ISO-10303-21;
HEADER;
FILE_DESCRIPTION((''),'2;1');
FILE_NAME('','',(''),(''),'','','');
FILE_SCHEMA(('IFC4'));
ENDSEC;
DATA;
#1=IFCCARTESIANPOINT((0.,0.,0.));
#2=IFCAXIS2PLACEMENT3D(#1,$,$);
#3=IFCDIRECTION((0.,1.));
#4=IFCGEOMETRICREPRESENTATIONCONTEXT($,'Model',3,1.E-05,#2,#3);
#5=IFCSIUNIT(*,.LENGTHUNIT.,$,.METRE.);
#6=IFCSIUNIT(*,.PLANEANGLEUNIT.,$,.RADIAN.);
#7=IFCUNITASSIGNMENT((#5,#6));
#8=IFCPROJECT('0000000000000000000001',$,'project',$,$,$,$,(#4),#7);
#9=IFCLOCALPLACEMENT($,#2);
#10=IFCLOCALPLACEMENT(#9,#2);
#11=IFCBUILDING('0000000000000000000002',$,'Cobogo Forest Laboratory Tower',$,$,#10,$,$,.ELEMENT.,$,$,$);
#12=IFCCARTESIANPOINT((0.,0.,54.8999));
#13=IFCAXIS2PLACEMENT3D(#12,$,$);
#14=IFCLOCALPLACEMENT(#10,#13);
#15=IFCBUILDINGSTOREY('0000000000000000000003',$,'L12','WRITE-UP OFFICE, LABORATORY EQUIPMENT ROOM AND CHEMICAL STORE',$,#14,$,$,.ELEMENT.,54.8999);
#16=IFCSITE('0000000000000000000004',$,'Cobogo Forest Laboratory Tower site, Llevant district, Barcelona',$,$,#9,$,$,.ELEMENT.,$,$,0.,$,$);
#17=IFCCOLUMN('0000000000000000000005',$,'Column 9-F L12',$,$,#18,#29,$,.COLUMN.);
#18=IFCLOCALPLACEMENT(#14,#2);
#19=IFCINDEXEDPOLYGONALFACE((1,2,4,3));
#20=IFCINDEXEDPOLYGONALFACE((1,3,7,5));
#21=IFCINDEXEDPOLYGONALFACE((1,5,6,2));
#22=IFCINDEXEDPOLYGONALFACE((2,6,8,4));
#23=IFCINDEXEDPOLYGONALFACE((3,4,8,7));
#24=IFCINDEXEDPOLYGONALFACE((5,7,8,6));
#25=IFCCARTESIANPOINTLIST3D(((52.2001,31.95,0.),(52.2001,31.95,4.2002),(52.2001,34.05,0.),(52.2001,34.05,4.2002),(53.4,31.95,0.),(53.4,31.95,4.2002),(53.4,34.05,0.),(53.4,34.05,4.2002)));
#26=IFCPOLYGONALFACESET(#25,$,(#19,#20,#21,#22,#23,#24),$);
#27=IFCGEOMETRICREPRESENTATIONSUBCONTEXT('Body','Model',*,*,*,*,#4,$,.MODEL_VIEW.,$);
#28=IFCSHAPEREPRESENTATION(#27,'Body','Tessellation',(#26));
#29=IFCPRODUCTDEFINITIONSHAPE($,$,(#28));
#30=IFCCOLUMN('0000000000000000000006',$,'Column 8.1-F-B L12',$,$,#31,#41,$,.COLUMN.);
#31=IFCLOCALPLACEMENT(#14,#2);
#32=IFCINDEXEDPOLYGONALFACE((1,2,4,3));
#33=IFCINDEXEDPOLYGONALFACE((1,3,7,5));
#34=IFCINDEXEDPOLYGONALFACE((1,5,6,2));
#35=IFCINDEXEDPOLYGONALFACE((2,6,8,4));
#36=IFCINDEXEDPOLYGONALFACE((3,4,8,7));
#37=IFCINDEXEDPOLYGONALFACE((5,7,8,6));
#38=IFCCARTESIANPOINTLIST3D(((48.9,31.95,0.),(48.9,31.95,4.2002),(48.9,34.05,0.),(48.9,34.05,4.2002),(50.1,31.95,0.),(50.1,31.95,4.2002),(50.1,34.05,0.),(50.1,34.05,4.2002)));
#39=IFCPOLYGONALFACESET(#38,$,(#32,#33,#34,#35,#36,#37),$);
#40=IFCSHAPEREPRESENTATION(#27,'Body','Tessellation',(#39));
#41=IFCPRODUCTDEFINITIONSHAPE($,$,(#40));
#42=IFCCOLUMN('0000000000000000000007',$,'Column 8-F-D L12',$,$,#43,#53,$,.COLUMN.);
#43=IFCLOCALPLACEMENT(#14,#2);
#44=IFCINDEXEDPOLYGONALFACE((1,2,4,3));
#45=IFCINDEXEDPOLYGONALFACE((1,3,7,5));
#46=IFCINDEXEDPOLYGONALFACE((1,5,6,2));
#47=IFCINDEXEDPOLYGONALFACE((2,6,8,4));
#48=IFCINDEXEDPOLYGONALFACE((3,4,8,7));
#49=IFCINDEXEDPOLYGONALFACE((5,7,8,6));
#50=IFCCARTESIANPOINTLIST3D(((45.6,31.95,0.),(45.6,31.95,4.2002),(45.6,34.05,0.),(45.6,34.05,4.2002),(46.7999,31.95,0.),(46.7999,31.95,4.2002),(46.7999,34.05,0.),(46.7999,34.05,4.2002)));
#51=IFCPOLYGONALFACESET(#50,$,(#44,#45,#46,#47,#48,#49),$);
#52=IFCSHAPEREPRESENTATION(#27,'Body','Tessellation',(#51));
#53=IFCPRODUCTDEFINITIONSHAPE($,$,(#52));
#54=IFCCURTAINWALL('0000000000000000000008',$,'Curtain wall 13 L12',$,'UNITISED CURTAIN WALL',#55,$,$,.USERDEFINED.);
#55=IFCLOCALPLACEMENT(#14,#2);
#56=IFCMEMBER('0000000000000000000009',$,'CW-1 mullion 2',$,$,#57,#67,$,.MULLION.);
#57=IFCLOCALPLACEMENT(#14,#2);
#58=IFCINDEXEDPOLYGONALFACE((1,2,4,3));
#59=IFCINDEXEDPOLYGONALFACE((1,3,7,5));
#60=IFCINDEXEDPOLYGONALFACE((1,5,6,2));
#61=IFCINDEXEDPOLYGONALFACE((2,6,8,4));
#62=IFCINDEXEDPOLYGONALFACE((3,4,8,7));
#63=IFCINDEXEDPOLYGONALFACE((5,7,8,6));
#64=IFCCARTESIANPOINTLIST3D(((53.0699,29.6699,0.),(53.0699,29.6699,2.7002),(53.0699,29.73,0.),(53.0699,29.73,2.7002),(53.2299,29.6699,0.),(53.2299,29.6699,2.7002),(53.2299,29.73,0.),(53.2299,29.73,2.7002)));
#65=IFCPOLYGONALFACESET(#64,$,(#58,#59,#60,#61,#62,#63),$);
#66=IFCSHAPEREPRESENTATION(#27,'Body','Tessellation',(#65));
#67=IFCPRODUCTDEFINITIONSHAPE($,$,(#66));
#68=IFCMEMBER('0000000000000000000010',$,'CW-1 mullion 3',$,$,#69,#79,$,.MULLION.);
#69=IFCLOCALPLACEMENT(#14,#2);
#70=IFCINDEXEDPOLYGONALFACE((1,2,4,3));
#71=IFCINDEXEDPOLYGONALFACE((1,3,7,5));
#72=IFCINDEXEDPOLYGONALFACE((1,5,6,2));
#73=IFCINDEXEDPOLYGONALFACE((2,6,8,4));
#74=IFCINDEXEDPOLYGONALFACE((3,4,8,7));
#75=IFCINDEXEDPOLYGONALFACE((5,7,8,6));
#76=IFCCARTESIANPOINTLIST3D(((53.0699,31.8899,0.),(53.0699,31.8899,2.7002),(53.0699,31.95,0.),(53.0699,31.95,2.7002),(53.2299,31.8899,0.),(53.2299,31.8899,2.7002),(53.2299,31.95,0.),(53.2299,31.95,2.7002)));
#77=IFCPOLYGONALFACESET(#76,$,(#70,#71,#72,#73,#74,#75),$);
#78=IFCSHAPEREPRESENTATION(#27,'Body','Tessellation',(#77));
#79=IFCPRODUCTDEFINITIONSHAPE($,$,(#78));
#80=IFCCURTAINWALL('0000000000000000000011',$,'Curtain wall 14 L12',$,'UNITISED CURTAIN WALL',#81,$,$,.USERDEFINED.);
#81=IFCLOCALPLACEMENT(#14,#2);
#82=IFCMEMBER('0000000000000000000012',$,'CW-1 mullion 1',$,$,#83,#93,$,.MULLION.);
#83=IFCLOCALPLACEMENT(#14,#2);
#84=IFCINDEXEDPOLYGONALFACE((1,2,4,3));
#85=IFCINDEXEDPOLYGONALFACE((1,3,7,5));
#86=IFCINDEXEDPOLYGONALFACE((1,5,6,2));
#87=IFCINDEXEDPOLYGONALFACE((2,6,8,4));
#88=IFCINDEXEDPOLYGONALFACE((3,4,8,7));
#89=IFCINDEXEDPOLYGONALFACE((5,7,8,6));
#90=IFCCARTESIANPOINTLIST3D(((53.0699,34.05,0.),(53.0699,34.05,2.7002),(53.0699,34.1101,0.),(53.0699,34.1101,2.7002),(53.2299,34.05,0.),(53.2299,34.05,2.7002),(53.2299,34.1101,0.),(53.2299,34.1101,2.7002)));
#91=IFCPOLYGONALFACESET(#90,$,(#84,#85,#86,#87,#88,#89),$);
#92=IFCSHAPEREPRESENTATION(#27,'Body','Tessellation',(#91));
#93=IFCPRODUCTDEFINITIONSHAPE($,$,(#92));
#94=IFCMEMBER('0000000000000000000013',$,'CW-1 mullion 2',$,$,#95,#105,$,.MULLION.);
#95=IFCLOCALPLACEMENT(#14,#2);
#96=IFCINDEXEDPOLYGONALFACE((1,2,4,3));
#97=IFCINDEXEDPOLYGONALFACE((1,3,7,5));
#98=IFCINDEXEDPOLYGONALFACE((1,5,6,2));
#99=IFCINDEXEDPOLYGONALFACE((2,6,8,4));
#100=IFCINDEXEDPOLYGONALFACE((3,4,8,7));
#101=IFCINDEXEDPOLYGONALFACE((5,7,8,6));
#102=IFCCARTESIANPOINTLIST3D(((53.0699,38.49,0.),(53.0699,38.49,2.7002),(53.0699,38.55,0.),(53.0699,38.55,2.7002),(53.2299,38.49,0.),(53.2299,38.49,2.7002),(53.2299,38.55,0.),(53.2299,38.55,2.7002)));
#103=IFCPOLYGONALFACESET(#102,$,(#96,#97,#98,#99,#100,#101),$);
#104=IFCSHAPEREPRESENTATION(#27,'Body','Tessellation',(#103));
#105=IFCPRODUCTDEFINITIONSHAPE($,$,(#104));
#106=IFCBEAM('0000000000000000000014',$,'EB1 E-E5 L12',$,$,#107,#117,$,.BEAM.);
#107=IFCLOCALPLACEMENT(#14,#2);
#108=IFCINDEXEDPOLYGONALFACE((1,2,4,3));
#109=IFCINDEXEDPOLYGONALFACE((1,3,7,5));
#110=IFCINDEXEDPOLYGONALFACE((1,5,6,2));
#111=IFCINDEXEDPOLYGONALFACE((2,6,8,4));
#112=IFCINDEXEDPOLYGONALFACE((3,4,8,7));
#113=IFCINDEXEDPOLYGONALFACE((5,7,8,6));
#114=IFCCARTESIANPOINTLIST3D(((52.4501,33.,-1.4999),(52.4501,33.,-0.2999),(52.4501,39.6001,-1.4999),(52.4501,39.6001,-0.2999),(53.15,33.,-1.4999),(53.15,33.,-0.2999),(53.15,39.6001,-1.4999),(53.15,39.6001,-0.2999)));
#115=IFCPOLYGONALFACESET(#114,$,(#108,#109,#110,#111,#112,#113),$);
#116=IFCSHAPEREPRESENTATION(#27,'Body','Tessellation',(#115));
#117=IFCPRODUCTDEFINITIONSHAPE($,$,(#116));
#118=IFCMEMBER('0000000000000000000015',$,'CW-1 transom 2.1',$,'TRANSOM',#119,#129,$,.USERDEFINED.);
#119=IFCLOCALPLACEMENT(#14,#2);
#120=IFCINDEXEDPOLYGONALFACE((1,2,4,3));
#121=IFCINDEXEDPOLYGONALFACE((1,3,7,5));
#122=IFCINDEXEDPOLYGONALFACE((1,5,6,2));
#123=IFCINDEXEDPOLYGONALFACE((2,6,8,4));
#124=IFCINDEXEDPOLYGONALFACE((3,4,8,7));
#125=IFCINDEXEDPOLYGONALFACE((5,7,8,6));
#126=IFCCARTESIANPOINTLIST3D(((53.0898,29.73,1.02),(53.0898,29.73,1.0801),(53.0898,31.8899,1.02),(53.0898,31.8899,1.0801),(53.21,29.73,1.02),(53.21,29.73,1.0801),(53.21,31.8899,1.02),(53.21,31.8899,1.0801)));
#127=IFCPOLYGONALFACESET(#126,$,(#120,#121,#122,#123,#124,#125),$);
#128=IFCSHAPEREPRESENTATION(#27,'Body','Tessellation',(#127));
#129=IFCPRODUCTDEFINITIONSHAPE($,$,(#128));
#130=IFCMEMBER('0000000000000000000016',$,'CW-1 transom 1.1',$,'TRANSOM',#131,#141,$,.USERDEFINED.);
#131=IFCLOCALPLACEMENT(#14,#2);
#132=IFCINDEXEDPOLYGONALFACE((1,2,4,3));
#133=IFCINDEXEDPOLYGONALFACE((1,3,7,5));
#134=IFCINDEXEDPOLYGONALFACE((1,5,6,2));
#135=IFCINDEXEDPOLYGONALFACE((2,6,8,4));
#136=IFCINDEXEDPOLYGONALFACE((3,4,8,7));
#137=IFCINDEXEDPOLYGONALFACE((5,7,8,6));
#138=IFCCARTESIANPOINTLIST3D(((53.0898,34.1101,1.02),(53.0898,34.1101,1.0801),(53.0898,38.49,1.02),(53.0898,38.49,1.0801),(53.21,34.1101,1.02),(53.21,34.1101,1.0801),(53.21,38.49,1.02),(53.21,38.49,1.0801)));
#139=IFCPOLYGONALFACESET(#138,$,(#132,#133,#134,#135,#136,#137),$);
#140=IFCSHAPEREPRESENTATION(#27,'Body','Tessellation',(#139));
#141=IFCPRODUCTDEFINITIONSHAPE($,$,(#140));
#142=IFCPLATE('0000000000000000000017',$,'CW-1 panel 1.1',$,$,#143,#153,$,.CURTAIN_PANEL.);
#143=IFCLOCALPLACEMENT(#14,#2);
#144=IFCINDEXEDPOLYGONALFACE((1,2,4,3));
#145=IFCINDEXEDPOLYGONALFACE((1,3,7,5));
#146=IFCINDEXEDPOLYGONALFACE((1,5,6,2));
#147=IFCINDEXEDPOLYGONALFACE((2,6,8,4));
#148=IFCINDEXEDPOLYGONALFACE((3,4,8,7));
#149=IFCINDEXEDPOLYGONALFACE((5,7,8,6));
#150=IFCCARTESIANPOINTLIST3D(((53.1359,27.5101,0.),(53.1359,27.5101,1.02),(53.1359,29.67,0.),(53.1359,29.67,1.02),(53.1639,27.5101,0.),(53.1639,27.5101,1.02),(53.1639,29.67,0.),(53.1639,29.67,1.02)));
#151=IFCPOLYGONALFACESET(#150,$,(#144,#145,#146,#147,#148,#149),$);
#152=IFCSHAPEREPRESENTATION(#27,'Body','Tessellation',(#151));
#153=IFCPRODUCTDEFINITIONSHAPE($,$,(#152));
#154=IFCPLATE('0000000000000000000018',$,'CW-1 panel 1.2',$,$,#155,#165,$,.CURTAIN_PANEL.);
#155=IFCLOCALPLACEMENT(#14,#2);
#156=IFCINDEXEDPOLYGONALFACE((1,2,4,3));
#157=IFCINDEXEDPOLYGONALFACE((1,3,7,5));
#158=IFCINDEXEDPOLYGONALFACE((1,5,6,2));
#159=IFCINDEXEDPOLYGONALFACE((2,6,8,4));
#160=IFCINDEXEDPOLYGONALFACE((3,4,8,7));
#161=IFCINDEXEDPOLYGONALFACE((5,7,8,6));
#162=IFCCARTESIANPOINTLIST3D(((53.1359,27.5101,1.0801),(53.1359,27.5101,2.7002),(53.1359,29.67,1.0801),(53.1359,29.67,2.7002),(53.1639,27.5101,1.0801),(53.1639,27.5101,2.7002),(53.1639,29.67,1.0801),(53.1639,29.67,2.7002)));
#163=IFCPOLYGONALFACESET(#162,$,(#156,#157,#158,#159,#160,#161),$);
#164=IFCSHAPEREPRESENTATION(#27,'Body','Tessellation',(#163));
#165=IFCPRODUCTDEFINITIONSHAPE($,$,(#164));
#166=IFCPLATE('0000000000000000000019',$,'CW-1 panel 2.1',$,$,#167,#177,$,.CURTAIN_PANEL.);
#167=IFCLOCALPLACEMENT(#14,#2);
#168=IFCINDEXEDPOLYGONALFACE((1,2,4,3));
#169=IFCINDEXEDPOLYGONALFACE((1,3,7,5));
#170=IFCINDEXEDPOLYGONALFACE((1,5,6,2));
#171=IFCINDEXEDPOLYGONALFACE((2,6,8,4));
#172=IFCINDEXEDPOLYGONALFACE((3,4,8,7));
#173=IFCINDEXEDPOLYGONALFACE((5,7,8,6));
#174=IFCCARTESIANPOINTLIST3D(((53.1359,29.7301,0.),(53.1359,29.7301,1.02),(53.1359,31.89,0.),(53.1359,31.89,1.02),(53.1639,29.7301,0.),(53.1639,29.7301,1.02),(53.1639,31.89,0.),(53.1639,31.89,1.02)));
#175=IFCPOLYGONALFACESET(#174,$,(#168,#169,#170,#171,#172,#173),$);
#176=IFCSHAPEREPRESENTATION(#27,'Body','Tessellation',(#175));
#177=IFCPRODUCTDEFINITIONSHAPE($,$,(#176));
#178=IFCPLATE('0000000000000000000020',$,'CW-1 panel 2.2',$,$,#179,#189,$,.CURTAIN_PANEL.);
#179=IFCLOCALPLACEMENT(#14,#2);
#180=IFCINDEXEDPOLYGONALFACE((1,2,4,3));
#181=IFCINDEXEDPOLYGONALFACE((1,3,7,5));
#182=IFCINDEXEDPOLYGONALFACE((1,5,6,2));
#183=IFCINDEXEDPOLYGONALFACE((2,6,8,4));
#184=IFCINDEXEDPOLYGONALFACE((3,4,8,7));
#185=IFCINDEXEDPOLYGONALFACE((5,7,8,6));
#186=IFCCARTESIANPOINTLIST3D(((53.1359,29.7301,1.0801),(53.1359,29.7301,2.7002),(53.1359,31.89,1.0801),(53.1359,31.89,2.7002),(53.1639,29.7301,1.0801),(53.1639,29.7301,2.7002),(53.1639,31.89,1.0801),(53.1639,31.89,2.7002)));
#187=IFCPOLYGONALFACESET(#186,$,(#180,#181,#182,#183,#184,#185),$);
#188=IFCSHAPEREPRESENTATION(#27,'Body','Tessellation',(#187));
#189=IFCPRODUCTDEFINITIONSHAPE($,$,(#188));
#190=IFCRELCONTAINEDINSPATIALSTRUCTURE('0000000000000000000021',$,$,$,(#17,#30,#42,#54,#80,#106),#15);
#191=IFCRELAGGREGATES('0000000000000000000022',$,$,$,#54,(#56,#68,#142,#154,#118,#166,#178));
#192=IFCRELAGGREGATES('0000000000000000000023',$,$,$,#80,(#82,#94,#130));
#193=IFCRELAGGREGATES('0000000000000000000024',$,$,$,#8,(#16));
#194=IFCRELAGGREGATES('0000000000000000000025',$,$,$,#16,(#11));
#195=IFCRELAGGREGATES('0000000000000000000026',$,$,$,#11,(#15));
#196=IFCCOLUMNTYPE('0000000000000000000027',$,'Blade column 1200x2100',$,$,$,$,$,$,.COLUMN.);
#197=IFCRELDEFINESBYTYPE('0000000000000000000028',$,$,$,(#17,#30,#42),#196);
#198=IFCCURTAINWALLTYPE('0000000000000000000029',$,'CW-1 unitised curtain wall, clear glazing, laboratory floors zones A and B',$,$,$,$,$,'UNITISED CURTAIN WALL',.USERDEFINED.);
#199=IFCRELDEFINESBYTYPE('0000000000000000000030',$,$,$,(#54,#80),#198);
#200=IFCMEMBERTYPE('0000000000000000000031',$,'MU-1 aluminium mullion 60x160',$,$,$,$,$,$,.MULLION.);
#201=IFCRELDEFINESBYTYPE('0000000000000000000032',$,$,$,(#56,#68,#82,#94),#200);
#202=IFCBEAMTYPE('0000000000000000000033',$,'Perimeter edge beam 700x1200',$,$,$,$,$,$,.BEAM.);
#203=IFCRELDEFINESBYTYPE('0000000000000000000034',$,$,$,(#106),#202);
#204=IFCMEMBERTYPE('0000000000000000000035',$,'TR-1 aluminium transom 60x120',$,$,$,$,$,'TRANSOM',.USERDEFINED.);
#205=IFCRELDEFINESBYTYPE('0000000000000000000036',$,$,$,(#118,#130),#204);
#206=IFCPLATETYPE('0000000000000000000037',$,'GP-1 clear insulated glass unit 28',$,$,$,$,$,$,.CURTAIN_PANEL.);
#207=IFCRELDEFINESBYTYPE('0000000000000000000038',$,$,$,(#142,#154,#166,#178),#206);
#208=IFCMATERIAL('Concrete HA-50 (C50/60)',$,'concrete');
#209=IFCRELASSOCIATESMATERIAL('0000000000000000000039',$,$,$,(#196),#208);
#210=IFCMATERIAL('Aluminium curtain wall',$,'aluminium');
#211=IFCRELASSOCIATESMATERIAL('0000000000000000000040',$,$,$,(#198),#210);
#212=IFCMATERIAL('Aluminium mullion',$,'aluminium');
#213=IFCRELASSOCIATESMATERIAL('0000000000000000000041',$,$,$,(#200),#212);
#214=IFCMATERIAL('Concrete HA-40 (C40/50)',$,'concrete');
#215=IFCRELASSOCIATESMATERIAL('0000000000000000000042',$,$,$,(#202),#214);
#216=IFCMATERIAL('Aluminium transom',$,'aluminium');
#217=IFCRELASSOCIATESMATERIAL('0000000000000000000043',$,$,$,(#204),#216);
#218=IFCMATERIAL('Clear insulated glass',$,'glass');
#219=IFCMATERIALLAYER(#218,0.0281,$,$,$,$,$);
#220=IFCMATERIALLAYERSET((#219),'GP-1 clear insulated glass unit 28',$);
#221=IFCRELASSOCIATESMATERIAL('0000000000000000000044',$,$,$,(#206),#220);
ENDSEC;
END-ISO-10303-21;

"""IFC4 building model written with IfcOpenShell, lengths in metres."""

from ifc_helpers import new_model, si_unit, direction, frame, origin, origin_2d, place, context, subcontext, project, spatial, rectangle, extrude, material, layer, layer_set, material_profile, profile_set, type_object, element, aggregate, save


model = new_model("IFC4")

# Units and contexts
model_context = context("Model", 3, precision=1e-05, world=origin(), true_north=direction((0.0, 1.0)))
body_context = subcontext(model_context, "Body", "Model", "MODEL_VIEW")
ifc_project = project(units=[si_unit("LENGTHUNIT", "METRE"), si_unit("PLANEANGLEUNIT", "RADIAN")], contexts=[model_context])

# Site, building, storey
site_placement = place(None, origin())
site = spatial("IfcSite", under=ifc_project, at=site_placement, Name="Cobogo Forest Laboratory Tower site, Llevant district, Barcelona", CompositionType="ELEMENT", RefElevation=0.0)
building_placement = place(site_placement, origin())
building = spatial("IfcBuilding", under=site, at=building_placement, Name="Cobogo Forest Laboratory Tower", CompositionType="ELEMENT")
storey_placement = place(building_placement, frame((0.0, 0.0, 54.8999)))
storey = spatial("IfcBuildingStorey", under=building, at=storey_placement, Name="L12", Description="WRITE-UP OFFICE, LABORATORY EQUIPMENT ROOM AND CHEMICAL STORE", CompositionType="ELEMENT", Elevation=54.8999)

# Columns
ifc_material_1 = material(Name="Concrete HA-50 (C50/60)", Category="concrete")
ifc_material_profile_1 = material_profile(ifc_material_1, rectangle(XDim=2.1001, YDim=1.2, at=origin_2d()), Name="RC 1200x2100")
ifc_profile_set_1 = profile_set([ifc_material_profile_1], Name="Concrete HA-50 (C50/60)")
column_type = type_object("IfcColumnType", Name="Blade column 1200x2100", PredefinedType="COLUMN", material=ifc_profile_set_1)
for number, where, z_axis, x_axis, name in (
    (1, (52.8, 33.0, 0.0), (0.0, 0.0, 1.0), (0.0, 1.0, 0.0), "Column 9-F L12"),
    (2, (49.5, 33.0, 0.0), (0.0, 0.0, 1.0), (0.0, 1.0, 0.0), "Column 8.1-F-B L12"),
    (3, (46.2, 33.0, 0.0), (0.0, 0.0, 1.0), (0.0, 1.0, 0.0), "Column 8-F-D L12"),
):
    element("IfcColumn", number, at=place(storey_placement, frame(where, z_axis=z_axis, x_axis=x_axis)), inside=storey, type_object=column_type, Name=name, PredefinedType="COLUMN", context=body_context, shape_type="SweptSolid", body=[
        extrude(rectangle(XDim=2.1001, YDim=1.2, at=origin_2d()), origin(), (0.0, 0.0, 1.0), 4.2002),
    ])

# Curtain walls, members
ifc_material_2 = material(Name="Aluminium curtain wall", Category="aluminium")
curtain_wall_type = type_object("IfcCurtainWallType", Name="CW-1 unitised curtain wall, clear glazing, laboratory floors zones A and B", ElementType="UNITISED CURTAIN WALL", PredefinedType="USERDEFINED", material=ifc_material_2)
curtain_wall_1_placement = place(storey_placement, origin())
curtain_wall_1 = element("IfcCurtainWall", 4, at=curtain_wall_1_placement, inside=storey, type_object=curtain_wall_type, Name="Curtain wall 13 L12", ObjectType="UNITISED CURTAIN WALL", PredefinedType="USERDEFINED")
ifc_material_3 = material(Name="Aluminium mullion", Category="aluminium")
ifc_material_profile_2 = material_profile(ifc_material_3, rectangle(XDim=0.0601, YDim=0.1599, at=origin_2d()), Name="AL 60x160")
ifc_profile_set_2 = profile_set([ifc_material_profile_2], Name="Aluminium mullion")
member_type_1 = type_object("IfcMemberType", Name="MU-1 aluminium mullion 60x160", PredefinedType="MULLION", material=ifc_profile_set_2)
member_1_placement = place(storey_placement, frame((53.1499, 29.7, 0.0), z_axis=(0.0, 0.0, 1.0), x_axis=(0.0, 1.0, 0.0)))
member_1 = element("IfcMember", 5, at=member_1_placement, type_object=member_type_1, Name="CW-1 mullion 2", PredefinedType="MULLION", context=body_context, shape_type="SweptSolid", body=[
    extrude(rectangle(XDim=0.0601, YDim=0.1599, at=origin_2d()), origin(), (0.0, 0.0, 1.0), 2.7002),
])
member_2_placement = place(storey_placement, frame((53.1499, 31.9199, 0.0), z_axis=(0.0, 0.0, 1.0), x_axis=(0.0, 1.0, 0.0)))
member_2 = element("IfcMember", 6, at=member_2_placement, type_object=member_type_1, Name="CW-1 mullion 3", PredefinedType="MULLION", context=body_context, shape_type="SweptSolid", body=[
    extrude(rectangle(XDim=0.0601, YDim=0.1599, at=origin_2d()), origin(), (0.0, 0.0, 1.0), 2.7002),
])
curtain_wall_2_placement = place(storey_placement, origin())
curtain_wall_2 = element("IfcCurtainWall", 7, at=curtain_wall_2_placement, inside=storey, type_object=curtain_wall_type, Name="Curtain wall 14 L12", ObjectType="UNITISED CURTAIN WALL", PredefinedType="USERDEFINED")
member_3_placement = place(storey_placement, frame((53.1499, 34.0801, 0.0), z_axis=(0.0, 0.0, 1.0), x_axis=(0.0, 1.0, 0.0)))
member_3 = element("IfcMember", 8, at=member_3_placement, type_object=member_type_1, Name="CW-1 mullion 1", PredefinedType="MULLION", context=body_context, shape_type="SweptSolid", body=[
    extrude(rectangle(XDim=0.0601, YDim=0.1599, at=origin_2d()), origin(), (0.0, 0.0, 1.0), 2.7002),
])
member_4_placement = place(storey_placement, frame((53.1499, 38.52, 0.0), z_axis=(0.0, 0.0, 1.0), x_axis=(0.0, 1.0, 0.0)))
member_4 = element("IfcMember", 9, at=member_4_placement, type_object=member_type_1, Name="CW-1 mullion 2", PredefinedType="MULLION", context=body_context, shape_type="SweptSolid", body=[
    extrude(rectangle(XDim=0.0601, YDim=0.1599, at=origin_2d()), origin(), (0.0, 0.0, 1.0), 2.7002),
])

# Beam
ifc_material_4 = material(Name="Concrete HA-40 (C40/50)", Category="concrete")
ifc_material_profile_3 = material_profile(ifc_material_4, rectangle(XDim=0.7, YDim=1.2, at=origin_2d()), Name="RC 700x1200")
ifc_profile_set_3 = profile_set([ifc_material_profile_3], Name="Concrete HA-40 (C40/50)")
beam_type = type_object("IfcBeamType", Name="Perimeter edge beam 700x1200", PredefinedType="BEAM", material=ifc_profile_set_3)
beam_placement = place(storey_placement, frame((52.8, 33.0, -0.8999), z_axis=(0.0, 1.0, 0.0), x_axis=(-1.0, 0.0, 0.0)))
element("IfcBeam", 10, at=beam_placement, inside=storey, type_object=beam_type, Name="EB1 E-E5 L12", PredefinedType="BEAM", context=body_context, shape_type="SweptSolid", body=[
    extrude(rectangle(XDim=0.7, YDim=1.2, at=origin_2d()), origin(), (0.0, 0.0, 1.0), 6.6001),
])

# Members
ifc_material_5 = material(Name="Aluminium transom", Category="aluminium")
ifc_material_profile_4 = material_profile(ifc_material_5, rectangle(XDim=0.1201, YDim=0.0601, at=origin_2d()), Name="AL 60x120")
ifc_profile_set_4 = profile_set([ifc_material_profile_4], Name="Aluminium transom")
member_type_2 = type_object("IfcMemberType", Name="TR-1 aluminium transom 60x120", ElementType="TRANSOM", PredefinedType="USERDEFINED", material=ifc_profile_set_4)
member_5_placement = place(storey_placement, frame((53.1499, 29.73, 1.05), z_axis=(0.0, 1.0, 0.0), x_axis=(-1.0, 0.0, 0.0)))
member_5 = element("IfcMember", 11, at=member_5_placement, type_object=member_type_2, Name="CW-1 transom 2.1", ObjectType="TRANSOM", PredefinedType="USERDEFINED", context=body_context, shape_type="SweptSolid", body=[
    extrude(rectangle(XDim=0.1201, YDim=0.0601, at=origin_2d()), origin(), (0.0, 0.0, 1.0), 2.1599),
])
member_6_placement = place(storey_placement, frame((53.1499, 34.1101, 1.05), z_axis=(0.0, 1.0, 0.0), x_axis=(-1.0, 0.0, 0.0)))
member_6 = element("IfcMember", 12, at=member_6_placement, type_object=member_type_2, Name="CW-1 transom 1.1", ObjectType="TRANSOM", PredefinedType="USERDEFINED", context=body_context, shape_type="SweptSolid", body=[
    extrude(rectangle(XDim=0.1201, YDim=0.0601, at=origin_2d()), origin(), (0.0, 0.0, 1.0), 4.3799),
])

# Plates
ifc_material_6 = material(Name="Clear insulated glass", Category="glass")
ifc_layer_1 = layer(ifc_material_6, 0.0281)
ifc_layer_set_1 = layer_set([ifc_layer_1], Name="GP-1 clear insulated glass unit 28")
plate_type_1 = type_object("IfcPlateType", Name="GP-1 clear insulated glass unit 28", PredefinedType="CURTAIN_PANEL", material=ifc_layer_set_1)
plate_1_placement = place(storey_placement, frame((53.1499, 28.5901, 0.0), z_axis=(0.0, 0.0, 1.0), x_axis=(0.0, 1.0, 0.0)))
plate_1 = element("IfcPlate", 13, at=plate_1_placement, type_object=plate_type_1, Name="CW-1 panel 1.1", PredefinedType="CURTAIN_PANEL", context=body_context, shape_type="SweptSolid", body=[
    extrude(rectangle(XDim=2.1599, YDim=0.0281, at=origin_2d()), origin(), (0.0, 0.0, 1.0), 1.02),
])
plate_2_placement = place(storey_placement, frame((53.1499, 28.5901, 1.0801), z_axis=(0.0, 0.0, 1.0), x_axis=(0.0, 1.0, 0.0)))
plate_2 = element("IfcPlate", 14, at=plate_2_placement, type_object=plate_type_1, Name="CW-1 panel 1.2", PredefinedType="CURTAIN_PANEL", context=body_context, shape_type="SweptSolid", body=[
    extrude(rectangle(XDim=2.1599, YDim=0.0281, at=origin_2d()), origin(), (0.0, 0.0, 1.0), 1.6201),
])
plate_3_placement = place(storey_placement, frame((53.1499, 30.8101, 0.0), z_axis=(0.0, 0.0, 1.0), x_axis=(0.0, 1.0, 0.0)))
plate_3 = element("IfcPlate", 15, at=plate_3_placement, type_object=plate_type_1, Name="CW-1 panel 2.1", PredefinedType="CURTAIN_PANEL", context=body_context, shape_type="SweptSolid", body=[
    extrude(rectangle(XDim=2.1599, YDim=0.0281, at=origin_2d()), origin(), (0.0, 0.0, 1.0), 1.02),
])
plate_4_placement = place(storey_placement, frame((53.1499, 30.8101, 1.0801), z_axis=(0.0, 0.0, 1.0), x_axis=(0.0, 1.0, 0.0)))
plate_4 = element("IfcPlate", 16, at=plate_4_placement, type_object=plate_type_1, Name="CW-1 panel 2.2", PredefinedType="CURTAIN_PANEL", context=body_context, shape_type="SweptSolid", body=[
    extrude(rectangle(XDim=2.1599, YDim=0.0281, at=origin_2d()), origin(), (0.0, 0.0, 1.0), 1.6201),
])
aggregate(curtain_wall_1, [member_1, member_2, plate_1, plate_2, member_5, plate_3, plate_4])
aggregate(curtain_wall_2, [member_3, member_4, member_6])

save(model, "model.ifc")
